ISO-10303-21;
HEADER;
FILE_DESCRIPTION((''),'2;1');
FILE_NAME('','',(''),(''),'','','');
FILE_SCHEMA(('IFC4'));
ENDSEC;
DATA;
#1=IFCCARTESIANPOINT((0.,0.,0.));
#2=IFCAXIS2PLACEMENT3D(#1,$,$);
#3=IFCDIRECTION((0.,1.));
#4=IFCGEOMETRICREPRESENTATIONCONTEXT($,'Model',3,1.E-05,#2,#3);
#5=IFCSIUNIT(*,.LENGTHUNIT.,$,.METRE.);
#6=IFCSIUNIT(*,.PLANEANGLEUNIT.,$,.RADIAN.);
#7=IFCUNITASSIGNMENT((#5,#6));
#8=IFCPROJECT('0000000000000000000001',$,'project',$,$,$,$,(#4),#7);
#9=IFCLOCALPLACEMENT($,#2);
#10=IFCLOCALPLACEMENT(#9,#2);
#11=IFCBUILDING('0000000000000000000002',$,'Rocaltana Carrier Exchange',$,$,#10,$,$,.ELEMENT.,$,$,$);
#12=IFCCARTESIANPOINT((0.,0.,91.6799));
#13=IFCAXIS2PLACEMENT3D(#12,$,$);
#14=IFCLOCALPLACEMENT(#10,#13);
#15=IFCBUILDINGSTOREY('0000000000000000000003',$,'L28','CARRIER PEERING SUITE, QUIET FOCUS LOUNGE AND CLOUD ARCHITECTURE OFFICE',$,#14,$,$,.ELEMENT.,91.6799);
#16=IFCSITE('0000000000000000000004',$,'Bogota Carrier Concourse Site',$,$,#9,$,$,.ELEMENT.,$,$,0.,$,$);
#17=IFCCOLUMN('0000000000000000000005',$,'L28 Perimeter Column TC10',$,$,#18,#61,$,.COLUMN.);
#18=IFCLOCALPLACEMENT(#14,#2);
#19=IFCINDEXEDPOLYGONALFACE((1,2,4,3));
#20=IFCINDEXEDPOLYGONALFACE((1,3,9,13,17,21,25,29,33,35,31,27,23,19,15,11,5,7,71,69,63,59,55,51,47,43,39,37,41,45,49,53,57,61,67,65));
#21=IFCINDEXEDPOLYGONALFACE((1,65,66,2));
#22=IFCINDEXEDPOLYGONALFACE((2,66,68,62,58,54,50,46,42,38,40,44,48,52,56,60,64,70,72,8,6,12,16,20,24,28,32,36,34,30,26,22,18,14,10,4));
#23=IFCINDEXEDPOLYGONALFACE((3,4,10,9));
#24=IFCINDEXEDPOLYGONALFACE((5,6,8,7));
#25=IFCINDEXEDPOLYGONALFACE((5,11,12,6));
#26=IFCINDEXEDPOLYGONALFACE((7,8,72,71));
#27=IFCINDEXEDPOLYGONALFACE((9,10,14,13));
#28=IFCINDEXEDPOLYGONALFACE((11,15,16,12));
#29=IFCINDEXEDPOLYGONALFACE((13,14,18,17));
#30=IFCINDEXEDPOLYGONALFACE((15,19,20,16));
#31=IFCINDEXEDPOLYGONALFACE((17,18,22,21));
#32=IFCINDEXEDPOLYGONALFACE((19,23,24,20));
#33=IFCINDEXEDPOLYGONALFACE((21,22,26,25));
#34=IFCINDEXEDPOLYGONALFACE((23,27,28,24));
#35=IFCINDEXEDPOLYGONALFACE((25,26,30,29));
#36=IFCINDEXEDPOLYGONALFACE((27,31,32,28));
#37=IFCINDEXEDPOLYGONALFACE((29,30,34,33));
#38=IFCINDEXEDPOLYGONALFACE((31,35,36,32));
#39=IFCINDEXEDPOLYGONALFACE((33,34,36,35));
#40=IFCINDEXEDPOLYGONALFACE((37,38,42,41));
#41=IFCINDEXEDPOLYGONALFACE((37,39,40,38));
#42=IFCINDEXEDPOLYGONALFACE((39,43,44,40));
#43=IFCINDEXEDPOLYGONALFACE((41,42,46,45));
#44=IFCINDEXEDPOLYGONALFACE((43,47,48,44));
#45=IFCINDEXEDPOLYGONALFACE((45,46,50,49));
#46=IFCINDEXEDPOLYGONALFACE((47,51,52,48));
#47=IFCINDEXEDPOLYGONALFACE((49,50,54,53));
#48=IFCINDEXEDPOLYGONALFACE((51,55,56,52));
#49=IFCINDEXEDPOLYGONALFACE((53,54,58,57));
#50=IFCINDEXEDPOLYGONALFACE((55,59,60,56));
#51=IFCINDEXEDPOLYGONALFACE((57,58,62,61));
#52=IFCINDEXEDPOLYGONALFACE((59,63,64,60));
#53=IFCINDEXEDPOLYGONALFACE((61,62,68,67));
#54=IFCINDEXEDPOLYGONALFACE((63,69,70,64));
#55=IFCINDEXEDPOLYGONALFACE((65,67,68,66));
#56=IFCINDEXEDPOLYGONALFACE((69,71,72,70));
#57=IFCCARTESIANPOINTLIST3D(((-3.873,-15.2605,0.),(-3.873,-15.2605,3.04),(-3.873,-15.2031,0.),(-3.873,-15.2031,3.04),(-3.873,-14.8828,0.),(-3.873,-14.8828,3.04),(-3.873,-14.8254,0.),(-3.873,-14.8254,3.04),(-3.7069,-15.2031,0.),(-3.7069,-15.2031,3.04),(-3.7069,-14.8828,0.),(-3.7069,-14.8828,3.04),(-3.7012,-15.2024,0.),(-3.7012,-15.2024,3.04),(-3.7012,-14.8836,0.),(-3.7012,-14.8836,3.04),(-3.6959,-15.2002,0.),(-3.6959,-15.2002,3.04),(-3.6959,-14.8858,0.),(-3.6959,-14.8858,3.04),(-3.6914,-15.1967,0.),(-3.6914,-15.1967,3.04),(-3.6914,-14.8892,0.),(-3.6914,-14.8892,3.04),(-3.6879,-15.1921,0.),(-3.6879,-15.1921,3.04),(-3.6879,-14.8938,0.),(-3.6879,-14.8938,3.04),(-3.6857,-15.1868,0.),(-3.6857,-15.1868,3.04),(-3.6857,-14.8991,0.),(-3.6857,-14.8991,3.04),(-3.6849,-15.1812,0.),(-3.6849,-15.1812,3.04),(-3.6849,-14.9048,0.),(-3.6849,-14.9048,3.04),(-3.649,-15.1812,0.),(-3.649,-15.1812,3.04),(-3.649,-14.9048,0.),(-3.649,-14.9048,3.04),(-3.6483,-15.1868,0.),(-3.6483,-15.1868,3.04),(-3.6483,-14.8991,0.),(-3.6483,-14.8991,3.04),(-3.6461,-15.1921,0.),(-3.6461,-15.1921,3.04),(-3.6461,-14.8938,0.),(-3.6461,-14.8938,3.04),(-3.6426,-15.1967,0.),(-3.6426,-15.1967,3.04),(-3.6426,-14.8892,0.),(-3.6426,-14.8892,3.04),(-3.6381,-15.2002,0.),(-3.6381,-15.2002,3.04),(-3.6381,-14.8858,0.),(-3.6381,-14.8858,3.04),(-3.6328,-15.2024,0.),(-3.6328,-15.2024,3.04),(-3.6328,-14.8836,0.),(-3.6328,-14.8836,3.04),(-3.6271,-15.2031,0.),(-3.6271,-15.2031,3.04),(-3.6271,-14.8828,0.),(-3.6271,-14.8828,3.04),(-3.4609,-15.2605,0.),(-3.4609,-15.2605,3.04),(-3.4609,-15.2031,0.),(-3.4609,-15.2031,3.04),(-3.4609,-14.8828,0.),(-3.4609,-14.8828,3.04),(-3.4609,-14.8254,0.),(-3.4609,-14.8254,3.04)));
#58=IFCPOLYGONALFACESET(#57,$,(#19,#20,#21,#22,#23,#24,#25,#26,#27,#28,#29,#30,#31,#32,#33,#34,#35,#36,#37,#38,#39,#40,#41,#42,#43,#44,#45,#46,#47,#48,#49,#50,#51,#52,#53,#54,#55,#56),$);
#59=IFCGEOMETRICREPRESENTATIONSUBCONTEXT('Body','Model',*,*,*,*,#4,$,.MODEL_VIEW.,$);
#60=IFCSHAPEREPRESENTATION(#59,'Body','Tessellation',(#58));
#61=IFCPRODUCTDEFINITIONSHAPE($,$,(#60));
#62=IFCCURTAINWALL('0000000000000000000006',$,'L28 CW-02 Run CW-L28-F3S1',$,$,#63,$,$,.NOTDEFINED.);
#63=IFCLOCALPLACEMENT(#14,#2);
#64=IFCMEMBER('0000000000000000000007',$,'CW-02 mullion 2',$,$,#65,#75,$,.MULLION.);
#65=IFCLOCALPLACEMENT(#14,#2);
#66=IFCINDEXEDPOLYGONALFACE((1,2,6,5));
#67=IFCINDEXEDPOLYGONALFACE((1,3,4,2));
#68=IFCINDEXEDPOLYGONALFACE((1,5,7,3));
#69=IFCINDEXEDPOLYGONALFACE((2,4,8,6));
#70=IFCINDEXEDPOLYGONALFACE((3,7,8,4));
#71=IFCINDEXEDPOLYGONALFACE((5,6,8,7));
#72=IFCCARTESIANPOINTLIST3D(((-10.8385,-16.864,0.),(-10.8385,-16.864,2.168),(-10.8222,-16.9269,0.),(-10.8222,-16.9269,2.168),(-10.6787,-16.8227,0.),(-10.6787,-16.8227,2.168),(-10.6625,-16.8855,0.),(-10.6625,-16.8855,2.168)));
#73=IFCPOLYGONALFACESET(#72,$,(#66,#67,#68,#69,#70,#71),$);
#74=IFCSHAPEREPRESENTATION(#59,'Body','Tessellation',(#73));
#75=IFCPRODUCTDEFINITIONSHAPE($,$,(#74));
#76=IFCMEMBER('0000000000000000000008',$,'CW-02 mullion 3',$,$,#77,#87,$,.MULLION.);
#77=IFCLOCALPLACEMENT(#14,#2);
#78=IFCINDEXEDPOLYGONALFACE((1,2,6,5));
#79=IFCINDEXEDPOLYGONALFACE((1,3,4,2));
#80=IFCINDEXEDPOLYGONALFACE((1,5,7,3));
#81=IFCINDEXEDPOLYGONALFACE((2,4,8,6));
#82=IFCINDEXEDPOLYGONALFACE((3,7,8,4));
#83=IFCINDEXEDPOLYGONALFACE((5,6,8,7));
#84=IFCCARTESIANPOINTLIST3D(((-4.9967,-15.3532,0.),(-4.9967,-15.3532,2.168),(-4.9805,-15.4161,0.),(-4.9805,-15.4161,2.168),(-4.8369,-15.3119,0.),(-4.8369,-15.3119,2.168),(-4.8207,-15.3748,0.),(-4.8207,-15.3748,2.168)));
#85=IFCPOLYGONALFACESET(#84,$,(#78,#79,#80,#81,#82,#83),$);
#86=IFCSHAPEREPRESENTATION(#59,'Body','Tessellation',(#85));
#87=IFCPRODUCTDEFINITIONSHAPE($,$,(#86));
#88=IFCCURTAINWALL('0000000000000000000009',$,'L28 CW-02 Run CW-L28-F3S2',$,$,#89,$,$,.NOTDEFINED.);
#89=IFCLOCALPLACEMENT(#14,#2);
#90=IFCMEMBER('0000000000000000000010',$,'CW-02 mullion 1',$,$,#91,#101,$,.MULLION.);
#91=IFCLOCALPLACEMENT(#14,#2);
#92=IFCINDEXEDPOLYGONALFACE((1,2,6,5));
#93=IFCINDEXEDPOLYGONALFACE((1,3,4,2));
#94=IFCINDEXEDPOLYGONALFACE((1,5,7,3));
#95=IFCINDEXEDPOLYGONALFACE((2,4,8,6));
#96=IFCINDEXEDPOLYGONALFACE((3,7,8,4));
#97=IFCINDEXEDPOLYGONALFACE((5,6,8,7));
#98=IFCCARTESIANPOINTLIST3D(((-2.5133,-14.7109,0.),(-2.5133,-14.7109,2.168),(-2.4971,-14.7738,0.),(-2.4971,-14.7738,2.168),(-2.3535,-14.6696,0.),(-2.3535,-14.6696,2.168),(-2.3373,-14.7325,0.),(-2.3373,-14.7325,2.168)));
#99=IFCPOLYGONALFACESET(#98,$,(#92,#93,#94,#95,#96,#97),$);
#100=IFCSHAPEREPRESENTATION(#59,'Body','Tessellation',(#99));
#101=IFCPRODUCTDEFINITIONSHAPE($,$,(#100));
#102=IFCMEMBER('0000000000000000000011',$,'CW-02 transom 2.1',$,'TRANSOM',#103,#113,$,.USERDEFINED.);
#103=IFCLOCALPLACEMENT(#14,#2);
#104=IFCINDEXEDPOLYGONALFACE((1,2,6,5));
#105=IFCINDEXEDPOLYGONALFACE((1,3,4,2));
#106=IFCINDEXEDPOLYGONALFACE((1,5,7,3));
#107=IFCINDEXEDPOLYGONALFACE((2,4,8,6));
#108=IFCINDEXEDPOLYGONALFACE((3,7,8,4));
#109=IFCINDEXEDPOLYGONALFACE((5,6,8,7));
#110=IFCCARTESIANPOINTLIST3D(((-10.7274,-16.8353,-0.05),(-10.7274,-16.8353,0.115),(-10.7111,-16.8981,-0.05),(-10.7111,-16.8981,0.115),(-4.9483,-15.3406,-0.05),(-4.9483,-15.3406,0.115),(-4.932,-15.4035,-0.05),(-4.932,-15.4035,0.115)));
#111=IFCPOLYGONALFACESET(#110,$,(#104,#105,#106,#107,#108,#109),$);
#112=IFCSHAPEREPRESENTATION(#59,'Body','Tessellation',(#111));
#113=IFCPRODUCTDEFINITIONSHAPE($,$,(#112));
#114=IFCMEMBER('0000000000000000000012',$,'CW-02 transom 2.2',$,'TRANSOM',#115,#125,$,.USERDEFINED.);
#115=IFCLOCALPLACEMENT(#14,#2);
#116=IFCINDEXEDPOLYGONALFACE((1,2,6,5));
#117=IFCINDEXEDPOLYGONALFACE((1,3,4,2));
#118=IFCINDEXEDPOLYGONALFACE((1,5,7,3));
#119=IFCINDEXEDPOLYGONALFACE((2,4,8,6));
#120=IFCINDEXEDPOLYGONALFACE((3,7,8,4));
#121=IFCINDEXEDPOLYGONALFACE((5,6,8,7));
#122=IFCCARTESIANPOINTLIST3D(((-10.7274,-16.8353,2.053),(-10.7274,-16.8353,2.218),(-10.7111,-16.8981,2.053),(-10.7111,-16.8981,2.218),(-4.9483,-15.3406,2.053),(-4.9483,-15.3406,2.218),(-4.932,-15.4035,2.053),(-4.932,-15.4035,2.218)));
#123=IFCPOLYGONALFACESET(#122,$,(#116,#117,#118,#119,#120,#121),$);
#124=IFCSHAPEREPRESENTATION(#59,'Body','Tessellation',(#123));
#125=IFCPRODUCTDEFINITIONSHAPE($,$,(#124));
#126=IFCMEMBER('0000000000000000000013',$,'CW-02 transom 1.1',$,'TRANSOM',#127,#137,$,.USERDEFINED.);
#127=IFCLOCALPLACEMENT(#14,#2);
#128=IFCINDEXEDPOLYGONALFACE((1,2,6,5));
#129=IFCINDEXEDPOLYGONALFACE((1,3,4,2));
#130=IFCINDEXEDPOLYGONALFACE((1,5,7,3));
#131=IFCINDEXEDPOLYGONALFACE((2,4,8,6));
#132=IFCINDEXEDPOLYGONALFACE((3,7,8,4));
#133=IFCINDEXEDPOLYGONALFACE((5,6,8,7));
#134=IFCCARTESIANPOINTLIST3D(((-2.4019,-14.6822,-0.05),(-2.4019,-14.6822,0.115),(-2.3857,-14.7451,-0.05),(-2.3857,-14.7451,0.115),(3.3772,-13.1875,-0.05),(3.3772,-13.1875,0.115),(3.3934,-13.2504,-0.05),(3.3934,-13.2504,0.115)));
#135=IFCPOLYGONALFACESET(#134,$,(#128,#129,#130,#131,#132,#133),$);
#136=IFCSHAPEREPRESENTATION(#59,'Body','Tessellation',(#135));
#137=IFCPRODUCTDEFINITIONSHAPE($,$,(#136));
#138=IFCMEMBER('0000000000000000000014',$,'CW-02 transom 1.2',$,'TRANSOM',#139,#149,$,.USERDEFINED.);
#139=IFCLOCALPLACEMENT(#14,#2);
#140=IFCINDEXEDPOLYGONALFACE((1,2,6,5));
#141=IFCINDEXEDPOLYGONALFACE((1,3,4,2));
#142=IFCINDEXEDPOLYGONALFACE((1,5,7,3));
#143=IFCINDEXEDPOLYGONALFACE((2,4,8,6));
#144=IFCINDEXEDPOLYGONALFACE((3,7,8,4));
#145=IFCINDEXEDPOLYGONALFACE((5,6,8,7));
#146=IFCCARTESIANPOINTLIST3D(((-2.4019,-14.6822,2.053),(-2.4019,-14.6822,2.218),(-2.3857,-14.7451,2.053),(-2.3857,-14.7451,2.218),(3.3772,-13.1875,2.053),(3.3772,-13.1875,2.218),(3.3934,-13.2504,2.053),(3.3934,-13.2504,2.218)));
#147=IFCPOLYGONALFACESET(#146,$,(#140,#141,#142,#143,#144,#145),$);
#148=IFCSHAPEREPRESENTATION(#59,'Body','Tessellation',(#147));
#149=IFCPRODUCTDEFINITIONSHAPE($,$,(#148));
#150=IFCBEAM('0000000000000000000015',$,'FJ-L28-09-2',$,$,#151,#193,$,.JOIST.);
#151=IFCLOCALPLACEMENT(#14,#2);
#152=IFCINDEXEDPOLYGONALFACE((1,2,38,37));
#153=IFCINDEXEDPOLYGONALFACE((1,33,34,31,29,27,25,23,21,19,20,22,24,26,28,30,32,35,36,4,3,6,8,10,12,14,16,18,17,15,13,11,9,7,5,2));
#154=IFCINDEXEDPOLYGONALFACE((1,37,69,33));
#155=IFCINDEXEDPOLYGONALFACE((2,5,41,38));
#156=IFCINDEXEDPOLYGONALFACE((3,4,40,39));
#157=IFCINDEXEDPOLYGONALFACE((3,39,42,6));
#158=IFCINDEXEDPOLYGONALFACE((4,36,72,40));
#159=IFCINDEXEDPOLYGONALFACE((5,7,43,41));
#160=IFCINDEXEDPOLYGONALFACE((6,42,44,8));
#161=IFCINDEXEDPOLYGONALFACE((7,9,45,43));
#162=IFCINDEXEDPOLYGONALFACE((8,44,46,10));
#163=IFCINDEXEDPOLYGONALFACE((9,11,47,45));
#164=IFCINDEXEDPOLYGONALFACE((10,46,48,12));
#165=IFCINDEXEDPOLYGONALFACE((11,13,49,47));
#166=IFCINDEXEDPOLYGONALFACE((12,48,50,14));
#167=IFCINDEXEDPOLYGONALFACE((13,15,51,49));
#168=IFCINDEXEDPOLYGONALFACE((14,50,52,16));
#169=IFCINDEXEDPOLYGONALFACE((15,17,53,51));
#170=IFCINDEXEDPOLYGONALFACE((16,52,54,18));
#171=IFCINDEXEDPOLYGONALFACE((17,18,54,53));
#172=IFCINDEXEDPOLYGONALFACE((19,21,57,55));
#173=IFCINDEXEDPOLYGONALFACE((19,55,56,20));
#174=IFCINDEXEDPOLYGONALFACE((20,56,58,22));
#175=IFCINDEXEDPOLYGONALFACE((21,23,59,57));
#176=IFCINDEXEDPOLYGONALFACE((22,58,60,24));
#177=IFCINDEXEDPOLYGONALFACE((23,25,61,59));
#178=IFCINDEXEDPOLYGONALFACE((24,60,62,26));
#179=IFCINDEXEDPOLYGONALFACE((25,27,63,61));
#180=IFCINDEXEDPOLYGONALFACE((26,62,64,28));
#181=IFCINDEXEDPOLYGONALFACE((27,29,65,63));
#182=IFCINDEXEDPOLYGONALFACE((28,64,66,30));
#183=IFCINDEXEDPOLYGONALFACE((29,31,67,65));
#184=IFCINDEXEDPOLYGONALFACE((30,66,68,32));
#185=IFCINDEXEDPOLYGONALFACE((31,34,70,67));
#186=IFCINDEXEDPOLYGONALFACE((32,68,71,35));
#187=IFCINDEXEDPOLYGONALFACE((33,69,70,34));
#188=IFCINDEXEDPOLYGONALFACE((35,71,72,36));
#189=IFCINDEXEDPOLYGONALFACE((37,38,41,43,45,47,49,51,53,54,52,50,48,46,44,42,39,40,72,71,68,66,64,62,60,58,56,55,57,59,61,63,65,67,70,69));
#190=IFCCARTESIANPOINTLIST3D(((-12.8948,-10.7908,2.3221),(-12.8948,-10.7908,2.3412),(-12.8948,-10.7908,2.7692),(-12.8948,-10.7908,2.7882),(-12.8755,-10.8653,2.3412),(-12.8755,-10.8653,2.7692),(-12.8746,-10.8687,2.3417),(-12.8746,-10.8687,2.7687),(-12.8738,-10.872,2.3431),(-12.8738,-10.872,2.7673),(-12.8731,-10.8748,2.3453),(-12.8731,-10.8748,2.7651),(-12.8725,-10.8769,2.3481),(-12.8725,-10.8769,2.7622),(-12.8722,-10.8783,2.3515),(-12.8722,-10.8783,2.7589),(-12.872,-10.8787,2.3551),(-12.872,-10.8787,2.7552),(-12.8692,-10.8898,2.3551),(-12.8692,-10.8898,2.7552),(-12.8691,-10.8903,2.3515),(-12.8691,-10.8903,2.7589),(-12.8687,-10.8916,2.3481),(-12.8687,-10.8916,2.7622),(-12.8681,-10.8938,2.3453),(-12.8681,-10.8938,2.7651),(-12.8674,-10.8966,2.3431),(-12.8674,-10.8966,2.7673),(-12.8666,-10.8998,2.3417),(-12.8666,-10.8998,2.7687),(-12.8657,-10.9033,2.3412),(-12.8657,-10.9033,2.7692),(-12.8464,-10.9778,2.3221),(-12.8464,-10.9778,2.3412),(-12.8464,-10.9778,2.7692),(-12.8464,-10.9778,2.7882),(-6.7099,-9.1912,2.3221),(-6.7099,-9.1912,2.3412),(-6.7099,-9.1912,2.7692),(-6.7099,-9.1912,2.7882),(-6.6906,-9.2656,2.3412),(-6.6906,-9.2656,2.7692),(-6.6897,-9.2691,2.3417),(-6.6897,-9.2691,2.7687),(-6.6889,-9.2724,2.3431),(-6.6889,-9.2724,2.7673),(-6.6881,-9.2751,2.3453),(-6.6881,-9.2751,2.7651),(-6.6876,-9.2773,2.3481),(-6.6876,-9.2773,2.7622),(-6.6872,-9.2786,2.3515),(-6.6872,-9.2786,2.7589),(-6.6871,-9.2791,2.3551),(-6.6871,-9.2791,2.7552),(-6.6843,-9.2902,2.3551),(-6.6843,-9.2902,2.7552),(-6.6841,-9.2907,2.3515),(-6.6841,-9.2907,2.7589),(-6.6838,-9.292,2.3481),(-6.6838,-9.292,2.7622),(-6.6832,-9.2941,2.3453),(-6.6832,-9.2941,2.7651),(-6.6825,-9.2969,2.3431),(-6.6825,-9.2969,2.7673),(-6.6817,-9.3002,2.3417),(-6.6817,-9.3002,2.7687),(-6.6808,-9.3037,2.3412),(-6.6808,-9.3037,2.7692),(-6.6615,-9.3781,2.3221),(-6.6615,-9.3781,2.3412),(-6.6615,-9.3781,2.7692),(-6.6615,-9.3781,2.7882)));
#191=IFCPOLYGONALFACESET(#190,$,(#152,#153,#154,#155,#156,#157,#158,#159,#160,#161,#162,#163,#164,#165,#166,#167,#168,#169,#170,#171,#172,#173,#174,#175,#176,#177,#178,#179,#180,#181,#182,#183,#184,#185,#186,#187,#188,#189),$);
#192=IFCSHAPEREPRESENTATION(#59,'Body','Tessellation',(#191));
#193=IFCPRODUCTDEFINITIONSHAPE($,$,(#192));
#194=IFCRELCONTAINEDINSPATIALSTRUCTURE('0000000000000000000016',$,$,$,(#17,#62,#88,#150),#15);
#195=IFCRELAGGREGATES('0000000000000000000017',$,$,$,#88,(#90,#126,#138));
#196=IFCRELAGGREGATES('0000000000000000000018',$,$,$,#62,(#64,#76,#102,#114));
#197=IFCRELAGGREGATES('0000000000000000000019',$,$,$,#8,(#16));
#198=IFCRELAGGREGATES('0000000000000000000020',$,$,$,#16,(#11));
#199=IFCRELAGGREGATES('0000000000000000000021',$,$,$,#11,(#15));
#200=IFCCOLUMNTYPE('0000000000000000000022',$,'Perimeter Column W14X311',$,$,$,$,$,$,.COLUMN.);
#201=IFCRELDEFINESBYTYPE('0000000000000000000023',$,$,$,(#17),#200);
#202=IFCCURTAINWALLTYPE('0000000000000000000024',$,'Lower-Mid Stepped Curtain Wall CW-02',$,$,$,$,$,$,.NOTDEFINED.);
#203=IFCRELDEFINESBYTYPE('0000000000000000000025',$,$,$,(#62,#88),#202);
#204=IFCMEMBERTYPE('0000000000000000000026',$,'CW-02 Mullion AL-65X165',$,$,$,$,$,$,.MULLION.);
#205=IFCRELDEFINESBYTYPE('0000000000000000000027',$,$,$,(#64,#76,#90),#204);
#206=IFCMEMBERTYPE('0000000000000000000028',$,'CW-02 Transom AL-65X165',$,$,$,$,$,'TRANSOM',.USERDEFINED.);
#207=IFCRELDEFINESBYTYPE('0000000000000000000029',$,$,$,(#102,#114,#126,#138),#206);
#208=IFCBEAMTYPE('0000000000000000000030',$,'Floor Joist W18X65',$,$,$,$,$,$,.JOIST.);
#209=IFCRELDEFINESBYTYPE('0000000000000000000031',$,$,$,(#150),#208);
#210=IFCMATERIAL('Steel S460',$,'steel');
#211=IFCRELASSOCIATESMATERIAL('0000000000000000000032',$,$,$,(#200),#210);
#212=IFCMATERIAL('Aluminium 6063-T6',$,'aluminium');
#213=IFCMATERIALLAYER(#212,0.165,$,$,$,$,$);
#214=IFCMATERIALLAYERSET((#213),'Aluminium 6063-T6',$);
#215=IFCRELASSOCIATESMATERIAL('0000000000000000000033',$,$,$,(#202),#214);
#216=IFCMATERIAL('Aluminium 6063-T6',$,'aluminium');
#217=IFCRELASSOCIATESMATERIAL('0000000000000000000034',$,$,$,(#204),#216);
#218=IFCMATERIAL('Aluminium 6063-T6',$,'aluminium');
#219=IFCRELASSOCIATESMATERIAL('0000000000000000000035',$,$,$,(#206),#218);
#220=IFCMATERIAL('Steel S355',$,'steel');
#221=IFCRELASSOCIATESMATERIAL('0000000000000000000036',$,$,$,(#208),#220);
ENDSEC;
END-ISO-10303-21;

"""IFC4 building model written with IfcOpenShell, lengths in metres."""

from ifc_helpers import new_model, si_unit, direction, frame, origin, origin_2d, place, context, subcontext, project, spatial, rectangle, i_section, extrude, material, layer, layer_set, material_profile, profile_set, type_object, element, aggregate, save


model = new_model("IFC4")

# Units and contexts
model_context = context("Model", 3, precision=1e-05, world=origin(), true_north=direction((0.0, 1.0)))
body_context = subcontext(model_context, "Body", "Model", "MODEL_VIEW")
ifc_project = project(units=[si_unit("LENGTHUNIT", "METRE"), si_unit("PLANEANGLEUNIT", "RADIAN")], contexts=[model_context])

# Site, building, storey
site_placement = place(None, origin())
site = spatial("IfcSite", under=ifc_project, at=site_placement, Name="Bogota Carrier Concourse Site", CompositionType="ELEMENT", RefElevation=0.0)
building_placement = place(site_placement, origin())
building = spatial("IfcBuilding", under=site, at=building_placement, Name="Rocaltana Carrier Exchange", CompositionType="ELEMENT")
storey_placement = place(building_placement, frame((0.0, 0.0, 91.6799)))
storey = spatial("IfcBuildingStorey", under=building, at=storey_placement, Name="L28", Description="CARRIER PEERING SUITE, QUIET FOCUS LOUNGE AND CLOUD ARCHITECTURE OFFICE", CompositionType="ELEMENT", Elevation=91.6799)

# Column
ifc_material_1 = material(Name="Steel S460", Category="steel")
ifc_material_profile_1 = material_profile(ifc_material_1, i_section(OverallWidth=0.4121, OverallDepth=0.4351, WebThickness=0.0359, FlangeThickness=0.0574, FilletRadius=0.022, at=origin_2d()), Name="W14X311")
ifc_profile_set_1 = profile_set([ifc_material_profile_1], Name="Steel S460")
column_type = type_object("IfcColumnType", Name="Perimeter Column W14X311", PredefinedType="COLUMN", material=ifc_profile_set_1)
column_placement = place(storey_placement, frame((-3.667, -15.043, 0.0), z_axis=(0.0, 0.0, 1.0), x_axis=(1.0, 0.0, 0.0)))
element("IfcColumn", 1, at=column_placement, inside=storey, type_object=column_type, Name="L28 Perimeter Column TC10", PredefinedType="COLUMN", context=body_context, shape_type="SweptSolid", body=[
    extrude(i_section(OverallWidth=0.4121, OverallDepth=0.4351, WebThickness=0.0359, FlangeThickness=0.0574, FilletRadius=0.022, at=origin_2d()), origin(), (0.0, 0.0, 1.0), 3.04),
])

# Curtain wall, members
ifc_material_2 = material(Name="Aluminium 6063-T6", Category="aluminium")
ifc_layer_1 = layer(ifc_material_2, 0.165)
ifc_layer_set_1 = layer_set([ifc_layer_1], Name="Aluminium 6063-T6")
curtain_wall_type = type_object("IfcCurtainWallType", Name="Lower-Mid Stepped Curtain Wall CW-02", PredefinedType="NOTDEFINED", material=ifc_layer_set_1)
curtain_wall_1_placement = place(storey_placement, origin())
curtain_wall_1 = element("IfcCurtainWall", 2, at=curtain_wall_1_placement, inside=storey, type_object=curtain_wall_type, Name="L28 CW-02 Run CW-L28-F3S1", PredefinedType="NOTDEFINED")
ifc_material_3 = material(Name="Aluminium 6063-T6", Category="aluminium")
ifc_material_profile_2 = material_profile(ifc_material_3, rectangle(XDim=0.0649, YDim=0.165, at=origin_2d()), Name="AL-65X165")
ifc_profile_set_2 = profile_set([ifc_material_profile_2], Name="Aluminium 6063-T6")
member_type_1 = type_object("IfcMemberType", Name="CW-02 Mullion AL-65X165", PredefinedType="MULLION", material=ifc_profile_set_2)
member_1_placement = place(storey_placement, frame((-10.7505, -16.8748, 0.0), z_axis=(0.0, 0.0, 1.0), x_axis=(-0.250378, 0.968148, 0.0)))
member_1 = element("IfcMember", 3, at=member_1_placement, type_object=member_type_1, Name="CW-02 mullion 2", PredefinedType="MULLION", context=body_context, shape_type="SweptSolid", body=[
    extrude(rectangle(XDim=0.0649, YDim=0.165, at=origin_2d()), origin(), (0.0, 0.0, 1.0), 2.168),
])
member_2_placement = place(storey_placement, frame((-4.9087, -15.364, 0.0), z_axis=(0.0, 0.0, 1.0), x_axis=(-0.250378, 0.968148, 0.0)))
member_2 = element("IfcMember", 4, at=member_2_placement, type_object=member_type_1, Name="CW-02 mullion 3", PredefinedType="MULLION", context=body_context, shape_type="SweptSolid", body=[
    extrude(rectangle(XDim=0.0649, YDim=0.165, at=origin_2d()), origin(), (0.0, 0.0, 1.0), 2.168),
])

# Curtain wall, member
curtain_wall_2_placement = place(storey_placement, origin())
curtain_wall_2 = element("IfcCurtainWall", 5, at=curtain_wall_2_placement, inside=storey, type_object=curtain_wall_type, Name="L28 CW-02 Run CW-L28-F3S2", PredefinedType="NOTDEFINED")
member_3_placement = place(storey_placement, frame((-2.4253, -14.7217, 0.0), z_axis=(0.0, 0.0, 1.0), x_axis=(-0.250378, 0.968148, 0.0)))
member_3 = element("IfcMember", 6, at=member_3_placement, type_object=member_type_1, Name="CW-02 mullion 1", PredefinedType="MULLION", context=body_context, shape_type="SweptSolid", body=[
    extrude(rectangle(XDim=0.0649, YDim=0.165, at=origin_2d()), origin(), (0.0, 0.0, 1.0), 2.168),
])

# Members
ifc_material_4 = material(Name="Aluminium 6063-T6", Category="aluminium")
ifc_material_profile_3 = material_profile(ifc_material_4, rectangle(XDim=0.0649, YDim=0.165, at=origin_2d()), Name="AL-65X165")
ifc_profile_set_3 = profile_set([ifc_material_profile_3], Name="Aluminium 6063-T6")
member_type_2 = type_object("IfcMemberType", Name="CW-02 Transom AL-65X165", ElementType="TRANSOM", PredefinedType="USERDEFINED", material=ifc_profile_set_3)
member_4_placement = place(storey_placement, frame((-10.7192, -16.8667, 0.0325), z_axis=(0.968145, 0.25039, 0.0), x_axis=(-0.25039, 0.968145, 0.0)))
member_4 = element("IfcMember", 7, at=member_4_placement, type_object=member_type_2, Name="CW-02 transom 2.1", ObjectType="TRANSOM", PredefinedType="USERDEFINED", context=body_context, shape_type="SweptSolid", body=[
    extrude(rectangle(XDim=0.0649, YDim=0.165, at=origin_2d()), origin(), (0.0, 0.0, 1.0), 5.9692),
])
member_5_placement = place(storey_placement, frame((-10.7192, -16.8667, 2.1355), z_axis=(0.968145, 0.25039, 0.0), x_axis=(-0.25039, 0.968145, 0.0)))
member_5 = element("IfcMember", 8, at=member_5_placement, type_object=member_type_2, Name="CW-02 transom 2.2", ObjectType="TRANSOM", PredefinedType="USERDEFINED", context=body_context, shape_type="SweptSolid", body=[
    extrude(rectangle(XDim=0.0649, YDim=0.165, at=origin_2d()), origin(), (0.0, 0.0, 1.0), 5.9692),
])
member_6_placement = place(storey_placement, frame((-2.3938, -14.7136, 0.0325), z_axis=(0.968145, 0.25039, 0.0), x_axis=(-0.25039, 0.968145, 0.0)))
member_6 = element("IfcMember", 9, at=member_6_placement, type_object=member_type_2, Name="CW-02 transom 1.1", ObjectType="TRANSOM", PredefinedType="USERDEFINED", context=body_context, shape_type="SweptSolid", body=[
    extrude(rectangle(XDim=0.0649, YDim=0.165, at=origin_2d()), origin(), (0.0, 0.0, 1.0), 5.9692),
])
member_7_placement = place(storey_placement, frame((-2.3938, -14.7136, 2.1355), z_axis=(0.968145, 0.25039, 0.0), x_axis=(-0.25039, 0.968145, 0.0)))
member_7 = element("IfcMember", 10, at=member_7_placement, type_object=member_type_2, Name="CW-02 transom 1.2", ObjectType="TRANSOM", PredefinedType="USERDEFINED", context=body_context, shape_type="SweptSolid", body=[
    extrude(rectangle(XDim=0.0649, YDim=0.165, at=origin_2d()), origin(), (0.0, 0.0, 1.0), 5.9692),
])
aggregate(curtain_wall_2, [member_3, member_6, member_7])

# Beam
ifc_material_5 = material(Name="Steel S355", Category="steel")
ifc_material_profile_4 = material_profile(ifc_material_5, i_section(OverallWidth=0.1931, OverallDepth=0.4661, WebThickness=0.0115, FlangeThickness=0.019, FilletRadius=0.0139, at=origin_2d()), Name="W18X65")
ifc_profile_set_4 = profile_set([ifc_material_profile_4], Name="Steel S355")
beam_type_1 = type_object("IfcBeamType", Name="Floor Joist W18X65", PredefinedType="JOIST", material=ifc_profile_set_4)
beam_1_placement = place(storey_placement, frame((-12.8706, -10.8843, 2.5552), z_axis=(0.968144, 0.250396, 0.0), x_axis=(-0.250396, 0.968144, 0.0)))
element("IfcBeam", 11, at=beam_1_placement, inside=storey, type_object=beam_type_1, Name="FJ-L28-09-2", PredefinedType="JOIST", context=body_context, shape_type="SweptSolid", body=[
    extrude(i_section(OverallWidth=0.1931, OverallDepth=0.4661, WebThickness=0.0115, FlangeThickness=0.019, FilletRadius=0.0139, at=origin_2d()), origin(), (0.0, 0.0, 1.0), 6.3884),
])

aggregate(curtain_wall_1, [member_1, member_2, member_4, member_5])

save(model, "model.ifc")
